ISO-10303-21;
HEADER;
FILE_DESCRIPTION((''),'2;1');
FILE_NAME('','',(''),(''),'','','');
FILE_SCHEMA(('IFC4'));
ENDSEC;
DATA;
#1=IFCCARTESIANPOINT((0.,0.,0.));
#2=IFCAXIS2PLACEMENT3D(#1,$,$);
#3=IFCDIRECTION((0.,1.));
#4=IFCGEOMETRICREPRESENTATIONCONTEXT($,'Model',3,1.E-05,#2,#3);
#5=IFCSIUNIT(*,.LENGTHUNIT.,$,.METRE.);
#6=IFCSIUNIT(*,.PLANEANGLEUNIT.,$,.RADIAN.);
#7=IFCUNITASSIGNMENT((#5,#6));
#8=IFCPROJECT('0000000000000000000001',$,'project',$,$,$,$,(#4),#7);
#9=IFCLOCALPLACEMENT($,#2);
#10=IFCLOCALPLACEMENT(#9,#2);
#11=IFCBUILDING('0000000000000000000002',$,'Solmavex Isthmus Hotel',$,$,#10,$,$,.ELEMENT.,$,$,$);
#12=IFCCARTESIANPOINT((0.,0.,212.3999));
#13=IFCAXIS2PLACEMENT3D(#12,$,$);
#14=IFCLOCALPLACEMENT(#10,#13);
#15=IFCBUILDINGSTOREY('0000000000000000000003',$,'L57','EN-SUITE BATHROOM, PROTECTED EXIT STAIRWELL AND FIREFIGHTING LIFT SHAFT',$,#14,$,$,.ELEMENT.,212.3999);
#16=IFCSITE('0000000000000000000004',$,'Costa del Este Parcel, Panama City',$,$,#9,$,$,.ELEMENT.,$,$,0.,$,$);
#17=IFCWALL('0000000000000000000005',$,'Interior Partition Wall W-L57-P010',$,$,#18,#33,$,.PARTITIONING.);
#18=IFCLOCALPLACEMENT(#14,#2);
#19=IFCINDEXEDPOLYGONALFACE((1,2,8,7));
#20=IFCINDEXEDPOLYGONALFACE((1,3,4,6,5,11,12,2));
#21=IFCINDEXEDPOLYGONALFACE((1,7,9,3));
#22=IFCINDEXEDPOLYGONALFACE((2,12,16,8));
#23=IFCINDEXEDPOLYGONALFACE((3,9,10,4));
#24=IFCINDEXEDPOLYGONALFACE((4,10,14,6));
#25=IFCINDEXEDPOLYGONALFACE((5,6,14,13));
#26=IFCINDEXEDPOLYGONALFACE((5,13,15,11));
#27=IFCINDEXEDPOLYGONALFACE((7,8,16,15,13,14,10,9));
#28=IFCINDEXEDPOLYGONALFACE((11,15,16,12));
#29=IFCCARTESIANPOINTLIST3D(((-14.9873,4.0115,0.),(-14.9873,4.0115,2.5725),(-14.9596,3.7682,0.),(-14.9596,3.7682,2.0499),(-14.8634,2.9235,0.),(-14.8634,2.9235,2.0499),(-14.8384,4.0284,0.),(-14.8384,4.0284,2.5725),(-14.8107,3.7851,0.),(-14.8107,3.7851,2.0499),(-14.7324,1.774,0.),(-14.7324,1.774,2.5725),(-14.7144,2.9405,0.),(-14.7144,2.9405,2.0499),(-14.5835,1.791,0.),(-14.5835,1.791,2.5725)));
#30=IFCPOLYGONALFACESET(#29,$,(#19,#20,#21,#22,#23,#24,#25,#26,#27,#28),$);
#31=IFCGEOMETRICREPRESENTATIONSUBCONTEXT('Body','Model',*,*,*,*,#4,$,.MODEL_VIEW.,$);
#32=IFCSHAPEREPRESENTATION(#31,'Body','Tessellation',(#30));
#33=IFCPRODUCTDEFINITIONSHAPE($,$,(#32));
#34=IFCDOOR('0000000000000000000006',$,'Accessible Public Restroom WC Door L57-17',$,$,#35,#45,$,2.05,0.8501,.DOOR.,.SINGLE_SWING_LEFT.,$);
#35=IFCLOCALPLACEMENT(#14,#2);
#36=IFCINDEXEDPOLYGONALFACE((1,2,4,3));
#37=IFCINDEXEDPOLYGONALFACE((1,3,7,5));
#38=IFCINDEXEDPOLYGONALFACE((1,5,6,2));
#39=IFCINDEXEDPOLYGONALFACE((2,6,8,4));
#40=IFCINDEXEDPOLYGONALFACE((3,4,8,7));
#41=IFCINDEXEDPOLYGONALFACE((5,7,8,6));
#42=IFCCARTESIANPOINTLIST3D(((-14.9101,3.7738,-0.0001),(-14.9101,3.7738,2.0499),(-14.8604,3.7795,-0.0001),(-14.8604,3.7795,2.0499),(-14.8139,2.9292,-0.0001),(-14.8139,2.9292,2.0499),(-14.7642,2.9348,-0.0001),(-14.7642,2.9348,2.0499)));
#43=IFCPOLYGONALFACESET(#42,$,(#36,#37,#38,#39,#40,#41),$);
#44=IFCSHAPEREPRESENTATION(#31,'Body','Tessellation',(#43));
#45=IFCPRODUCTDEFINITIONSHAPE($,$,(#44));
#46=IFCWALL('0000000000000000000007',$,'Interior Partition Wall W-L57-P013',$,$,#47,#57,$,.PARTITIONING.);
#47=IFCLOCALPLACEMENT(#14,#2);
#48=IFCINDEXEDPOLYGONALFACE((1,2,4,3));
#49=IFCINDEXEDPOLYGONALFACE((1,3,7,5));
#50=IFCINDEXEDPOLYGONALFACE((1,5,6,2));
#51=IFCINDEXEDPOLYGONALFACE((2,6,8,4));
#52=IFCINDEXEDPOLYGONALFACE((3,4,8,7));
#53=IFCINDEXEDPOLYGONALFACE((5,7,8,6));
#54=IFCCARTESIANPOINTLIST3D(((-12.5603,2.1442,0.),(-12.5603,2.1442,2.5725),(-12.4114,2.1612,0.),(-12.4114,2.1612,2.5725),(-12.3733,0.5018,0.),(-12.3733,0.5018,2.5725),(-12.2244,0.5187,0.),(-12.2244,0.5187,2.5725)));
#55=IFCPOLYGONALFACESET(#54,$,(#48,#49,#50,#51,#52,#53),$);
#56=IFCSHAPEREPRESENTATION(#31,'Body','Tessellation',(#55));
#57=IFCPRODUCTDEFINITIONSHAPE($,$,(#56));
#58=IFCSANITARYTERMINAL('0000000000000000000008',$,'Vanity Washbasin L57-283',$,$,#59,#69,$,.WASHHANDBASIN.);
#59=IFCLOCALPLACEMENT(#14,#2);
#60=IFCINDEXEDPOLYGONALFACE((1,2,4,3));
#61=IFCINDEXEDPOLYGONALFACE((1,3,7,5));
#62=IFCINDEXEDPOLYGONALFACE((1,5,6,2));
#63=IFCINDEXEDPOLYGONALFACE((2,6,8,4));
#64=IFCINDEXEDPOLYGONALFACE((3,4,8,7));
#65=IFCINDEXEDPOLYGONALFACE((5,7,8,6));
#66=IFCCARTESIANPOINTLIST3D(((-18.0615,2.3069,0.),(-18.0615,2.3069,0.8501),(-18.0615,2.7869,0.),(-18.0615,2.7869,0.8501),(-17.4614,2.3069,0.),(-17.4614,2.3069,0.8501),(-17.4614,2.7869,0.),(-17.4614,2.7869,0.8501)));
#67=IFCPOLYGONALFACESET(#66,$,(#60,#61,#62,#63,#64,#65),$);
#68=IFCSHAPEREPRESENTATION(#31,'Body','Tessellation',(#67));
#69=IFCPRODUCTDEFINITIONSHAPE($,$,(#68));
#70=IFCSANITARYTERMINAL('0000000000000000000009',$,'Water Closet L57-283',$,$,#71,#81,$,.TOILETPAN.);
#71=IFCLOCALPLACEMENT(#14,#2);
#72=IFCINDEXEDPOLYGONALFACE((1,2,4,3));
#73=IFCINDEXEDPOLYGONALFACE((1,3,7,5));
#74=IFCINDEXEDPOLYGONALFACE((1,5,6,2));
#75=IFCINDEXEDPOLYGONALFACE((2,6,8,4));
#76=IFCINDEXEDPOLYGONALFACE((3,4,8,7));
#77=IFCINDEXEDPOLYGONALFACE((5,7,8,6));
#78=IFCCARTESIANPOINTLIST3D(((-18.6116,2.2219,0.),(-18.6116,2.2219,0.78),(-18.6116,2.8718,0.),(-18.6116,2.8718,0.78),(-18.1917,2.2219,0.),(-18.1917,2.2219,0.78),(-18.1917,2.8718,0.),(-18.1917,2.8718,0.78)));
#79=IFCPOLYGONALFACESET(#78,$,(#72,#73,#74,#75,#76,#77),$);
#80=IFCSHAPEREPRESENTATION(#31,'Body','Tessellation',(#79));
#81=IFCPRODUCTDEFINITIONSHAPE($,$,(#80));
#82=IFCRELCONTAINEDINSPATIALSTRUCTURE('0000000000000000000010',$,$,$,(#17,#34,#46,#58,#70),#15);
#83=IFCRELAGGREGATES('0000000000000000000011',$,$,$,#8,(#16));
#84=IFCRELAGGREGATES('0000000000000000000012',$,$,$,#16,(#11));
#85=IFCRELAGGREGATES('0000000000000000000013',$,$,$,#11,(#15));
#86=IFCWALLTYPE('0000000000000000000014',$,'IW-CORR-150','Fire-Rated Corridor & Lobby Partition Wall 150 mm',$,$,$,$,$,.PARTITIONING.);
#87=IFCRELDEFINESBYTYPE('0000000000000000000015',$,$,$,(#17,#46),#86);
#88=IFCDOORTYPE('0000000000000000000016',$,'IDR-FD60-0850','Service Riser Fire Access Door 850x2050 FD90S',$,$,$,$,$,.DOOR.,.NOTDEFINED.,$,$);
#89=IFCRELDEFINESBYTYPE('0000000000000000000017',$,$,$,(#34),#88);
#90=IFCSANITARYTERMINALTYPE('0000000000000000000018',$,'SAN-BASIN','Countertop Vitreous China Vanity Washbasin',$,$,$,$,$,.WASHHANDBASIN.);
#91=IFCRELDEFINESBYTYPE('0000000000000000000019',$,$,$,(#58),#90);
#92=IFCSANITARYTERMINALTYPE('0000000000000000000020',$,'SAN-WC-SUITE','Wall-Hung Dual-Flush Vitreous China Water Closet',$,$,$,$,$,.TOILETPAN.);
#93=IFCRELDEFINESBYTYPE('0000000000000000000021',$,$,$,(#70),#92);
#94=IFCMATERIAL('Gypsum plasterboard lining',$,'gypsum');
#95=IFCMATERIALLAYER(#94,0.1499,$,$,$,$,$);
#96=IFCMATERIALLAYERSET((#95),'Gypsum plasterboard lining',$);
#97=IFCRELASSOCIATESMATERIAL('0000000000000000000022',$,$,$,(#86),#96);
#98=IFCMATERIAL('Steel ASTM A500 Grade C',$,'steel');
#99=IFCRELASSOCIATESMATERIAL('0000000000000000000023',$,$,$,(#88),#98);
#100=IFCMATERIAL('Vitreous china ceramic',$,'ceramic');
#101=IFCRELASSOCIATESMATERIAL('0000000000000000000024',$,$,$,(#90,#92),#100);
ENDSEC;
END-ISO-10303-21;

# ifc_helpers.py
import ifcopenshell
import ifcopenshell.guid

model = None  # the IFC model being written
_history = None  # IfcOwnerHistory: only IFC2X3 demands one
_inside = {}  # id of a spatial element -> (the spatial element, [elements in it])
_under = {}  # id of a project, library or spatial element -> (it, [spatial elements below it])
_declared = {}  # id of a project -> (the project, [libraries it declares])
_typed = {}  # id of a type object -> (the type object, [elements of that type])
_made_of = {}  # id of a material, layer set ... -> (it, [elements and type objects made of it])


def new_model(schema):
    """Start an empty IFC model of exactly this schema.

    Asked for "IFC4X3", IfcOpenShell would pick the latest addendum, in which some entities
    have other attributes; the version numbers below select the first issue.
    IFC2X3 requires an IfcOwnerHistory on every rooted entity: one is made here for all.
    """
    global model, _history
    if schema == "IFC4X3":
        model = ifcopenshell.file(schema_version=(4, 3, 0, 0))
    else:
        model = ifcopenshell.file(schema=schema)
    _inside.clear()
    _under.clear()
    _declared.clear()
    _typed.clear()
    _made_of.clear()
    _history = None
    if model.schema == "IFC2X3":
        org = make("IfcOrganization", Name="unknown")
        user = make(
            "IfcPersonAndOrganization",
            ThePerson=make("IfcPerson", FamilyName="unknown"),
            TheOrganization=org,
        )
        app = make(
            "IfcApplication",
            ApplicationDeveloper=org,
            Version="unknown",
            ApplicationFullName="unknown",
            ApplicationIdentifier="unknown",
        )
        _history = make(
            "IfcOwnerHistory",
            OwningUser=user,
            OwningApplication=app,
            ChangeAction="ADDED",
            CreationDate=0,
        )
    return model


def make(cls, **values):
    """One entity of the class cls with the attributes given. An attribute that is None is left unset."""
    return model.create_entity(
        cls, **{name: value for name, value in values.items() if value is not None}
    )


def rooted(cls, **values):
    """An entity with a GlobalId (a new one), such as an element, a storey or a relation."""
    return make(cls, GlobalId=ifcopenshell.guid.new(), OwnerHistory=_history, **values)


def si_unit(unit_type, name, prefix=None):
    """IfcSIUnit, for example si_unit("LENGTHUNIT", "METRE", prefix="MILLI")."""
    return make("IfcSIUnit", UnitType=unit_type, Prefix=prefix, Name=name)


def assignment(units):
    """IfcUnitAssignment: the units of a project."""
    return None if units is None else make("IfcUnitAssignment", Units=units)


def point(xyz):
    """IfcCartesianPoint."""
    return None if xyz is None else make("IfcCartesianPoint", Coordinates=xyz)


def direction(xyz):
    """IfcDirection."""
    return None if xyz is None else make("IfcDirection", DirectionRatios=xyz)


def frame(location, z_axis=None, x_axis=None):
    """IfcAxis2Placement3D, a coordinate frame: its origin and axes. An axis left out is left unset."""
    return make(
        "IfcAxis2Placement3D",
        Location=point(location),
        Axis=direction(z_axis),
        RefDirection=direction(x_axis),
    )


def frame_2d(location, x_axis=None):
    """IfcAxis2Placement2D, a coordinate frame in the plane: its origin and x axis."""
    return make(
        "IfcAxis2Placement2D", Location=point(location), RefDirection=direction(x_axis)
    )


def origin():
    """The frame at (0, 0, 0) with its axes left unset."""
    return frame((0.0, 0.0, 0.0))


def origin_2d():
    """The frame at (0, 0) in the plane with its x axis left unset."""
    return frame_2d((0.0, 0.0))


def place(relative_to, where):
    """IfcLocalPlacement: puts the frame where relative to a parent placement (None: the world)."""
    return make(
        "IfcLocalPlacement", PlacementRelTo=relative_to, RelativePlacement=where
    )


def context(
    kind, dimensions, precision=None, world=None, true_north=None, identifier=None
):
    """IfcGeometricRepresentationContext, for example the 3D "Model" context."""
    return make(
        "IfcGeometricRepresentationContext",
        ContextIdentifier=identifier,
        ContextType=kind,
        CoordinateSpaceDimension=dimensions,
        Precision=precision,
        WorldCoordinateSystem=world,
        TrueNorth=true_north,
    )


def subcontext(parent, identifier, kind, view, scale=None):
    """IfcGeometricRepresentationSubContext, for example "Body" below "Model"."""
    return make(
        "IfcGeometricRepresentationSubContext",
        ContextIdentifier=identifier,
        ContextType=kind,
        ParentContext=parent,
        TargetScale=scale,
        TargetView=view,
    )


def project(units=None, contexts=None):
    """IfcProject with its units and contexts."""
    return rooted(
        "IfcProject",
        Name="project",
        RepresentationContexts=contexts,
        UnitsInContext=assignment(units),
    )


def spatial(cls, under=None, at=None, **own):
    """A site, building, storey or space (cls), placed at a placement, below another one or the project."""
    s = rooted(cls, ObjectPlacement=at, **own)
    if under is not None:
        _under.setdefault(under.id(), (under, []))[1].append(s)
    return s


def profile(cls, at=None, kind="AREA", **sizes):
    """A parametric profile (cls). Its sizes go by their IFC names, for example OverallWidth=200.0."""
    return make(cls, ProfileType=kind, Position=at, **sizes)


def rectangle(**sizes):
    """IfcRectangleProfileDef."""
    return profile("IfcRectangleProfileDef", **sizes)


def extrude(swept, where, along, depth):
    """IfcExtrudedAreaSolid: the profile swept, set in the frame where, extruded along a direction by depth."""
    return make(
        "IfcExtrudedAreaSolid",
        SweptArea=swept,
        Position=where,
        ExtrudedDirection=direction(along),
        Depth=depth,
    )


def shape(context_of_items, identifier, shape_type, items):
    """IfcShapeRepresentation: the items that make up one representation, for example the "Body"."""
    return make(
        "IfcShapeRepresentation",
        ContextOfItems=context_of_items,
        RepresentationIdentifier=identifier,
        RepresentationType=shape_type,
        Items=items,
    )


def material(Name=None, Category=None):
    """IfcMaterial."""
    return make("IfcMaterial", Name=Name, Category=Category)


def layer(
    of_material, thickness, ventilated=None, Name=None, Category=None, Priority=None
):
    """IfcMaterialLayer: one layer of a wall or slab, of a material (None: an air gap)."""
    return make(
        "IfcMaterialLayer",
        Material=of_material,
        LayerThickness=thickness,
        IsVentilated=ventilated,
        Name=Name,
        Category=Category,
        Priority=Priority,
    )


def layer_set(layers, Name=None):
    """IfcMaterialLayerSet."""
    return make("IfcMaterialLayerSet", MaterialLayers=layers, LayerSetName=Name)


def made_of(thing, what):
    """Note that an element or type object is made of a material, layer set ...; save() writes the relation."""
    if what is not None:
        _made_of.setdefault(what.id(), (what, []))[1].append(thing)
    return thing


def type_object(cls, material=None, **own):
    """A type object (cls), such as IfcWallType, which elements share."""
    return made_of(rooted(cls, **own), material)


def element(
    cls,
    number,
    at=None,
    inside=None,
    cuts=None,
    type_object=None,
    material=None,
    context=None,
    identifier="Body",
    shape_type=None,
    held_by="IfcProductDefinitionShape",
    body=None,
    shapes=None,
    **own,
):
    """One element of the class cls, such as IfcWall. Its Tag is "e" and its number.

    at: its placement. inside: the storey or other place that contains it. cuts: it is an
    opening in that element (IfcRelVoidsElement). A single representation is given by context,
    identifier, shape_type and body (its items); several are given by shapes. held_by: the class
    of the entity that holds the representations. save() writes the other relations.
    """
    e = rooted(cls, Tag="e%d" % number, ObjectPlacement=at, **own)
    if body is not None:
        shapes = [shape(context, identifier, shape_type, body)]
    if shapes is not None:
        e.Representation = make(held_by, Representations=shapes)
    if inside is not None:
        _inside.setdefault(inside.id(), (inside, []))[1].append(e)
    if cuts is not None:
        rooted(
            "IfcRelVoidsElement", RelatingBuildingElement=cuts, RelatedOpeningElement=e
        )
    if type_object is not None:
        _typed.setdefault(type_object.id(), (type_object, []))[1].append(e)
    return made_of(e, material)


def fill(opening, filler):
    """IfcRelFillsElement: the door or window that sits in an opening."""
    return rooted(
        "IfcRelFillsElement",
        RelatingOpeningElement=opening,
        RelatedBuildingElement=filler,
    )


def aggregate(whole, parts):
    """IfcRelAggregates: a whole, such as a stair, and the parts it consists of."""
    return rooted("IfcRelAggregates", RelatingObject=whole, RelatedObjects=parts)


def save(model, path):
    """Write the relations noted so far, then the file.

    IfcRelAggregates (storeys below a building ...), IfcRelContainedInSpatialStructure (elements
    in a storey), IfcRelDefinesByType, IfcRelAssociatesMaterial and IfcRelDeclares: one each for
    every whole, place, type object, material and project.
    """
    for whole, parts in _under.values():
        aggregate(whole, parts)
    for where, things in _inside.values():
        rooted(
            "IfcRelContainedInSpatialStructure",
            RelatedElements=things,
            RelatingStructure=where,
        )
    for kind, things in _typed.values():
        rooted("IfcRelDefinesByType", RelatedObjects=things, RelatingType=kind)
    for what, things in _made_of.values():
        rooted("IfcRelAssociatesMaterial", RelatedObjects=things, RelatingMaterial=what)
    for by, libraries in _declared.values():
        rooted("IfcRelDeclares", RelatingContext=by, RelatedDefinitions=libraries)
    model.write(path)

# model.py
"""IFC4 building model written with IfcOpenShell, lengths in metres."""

from ifc_helpers import new_model, si_unit, direction, frame, frame_2d, origin, origin_2d, place, context, subcontext, project, spatial, rectangle, extrude, material, layer, layer_set, type_object, element, fill, save


model = new_model("IFC4")

# Units and contexts
model_context = context("Model", 3, precision=1e-05, world=origin(), true_north=direction((0.0, 1.0)))
body_context = subcontext(model_context, "Body", "Model", "MODEL_VIEW")
ifc_project = project(units=[si_unit("LENGTHUNIT", "METRE"), si_unit("PLANEANGLEUNIT", "RADIAN")], contexts=[model_context])

# Site, building, storey
site_placement = place(None, origin())
site = spatial("IfcSite", under=ifc_project, at=site_placement, Name="Costa del Este Parcel, Panama City", CompositionType="ELEMENT", RefElevation=0.0)
building_placement = place(site_placement, origin())
building = spatial("IfcBuilding", under=site, at=building_placement, Name="Solmavex Isthmus Hotel", CompositionType="ELEMENT")
storey_placement = place(building_placement, frame((0.0, 0.0, 212.3999)))
storey = spatial("IfcBuildingStorey", under=building, at=storey_placement, Name="L57", Description="EN-SUITE BATHROOM, PROTECTED EXIT STAIRWELL AND FIREFIGHTING LIFT SHAFT", CompositionType="ELEMENT", Elevation=212.3999)

# Shared definitions
ifc_material_1 = material(Name="Gypsum plasterboard lining", Category="gypsum")

# Wall, opening, door
ifc_layer_1 = layer(ifc_material_1, 0.1499)
ifc_layer_set_1 = layer_set([ifc_layer_1], Name="Gypsum plasterboard lining")
wall_type_1 = type_object("IfcWallType", Name="IW-CORR-150", Description="Fire-Rated Corridor & Lobby Partition Wall 150 mm", PredefinedType="PARTITIONING", material=ifc_layer_set_1)
wall_1_placement = place(storey_placement, frame((-14.658, 1.7825, 0.0), z_axis=(0.0, 0.0, 1.0), x_axis=(-0.11318, 0.993575, 0.0)))
wall_1 = element("IfcWall", 1, at=wall_1_placement, inside=storey, type_object=wall_type_1, Name="Interior Partition Wall W-L57-P010", PredefinedType="PARTITIONING", context=body_context, shape_type="SweptSolid", body=[
    extrude(rectangle(XDim=2.252, YDim=0.1499, at=frame_2d((1.126, 0.0))), origin(), (0.0, 0.0, 1.0), 2.5725),
])
opening_1_placement = place(wall_1_placement, frame((1.157, 0.0, 0.0)))
opening_1 = element("IfcOpeningElement", 2, at=opening_1_placement, cuts=wall_1, PredefinedType="OPENING", context=body_context, shape_type="SweptSolid", body=[
    extrude(rectangle(XDim=0.8501, YDim=2.05, at=frame_2d((0.425, 1.0249))), frame((0.0, 0.085, 0.0), z_axis=(0.0, -1.0, 0.0), x_axis=(1.0, 0.0, 0.0)), (0.0, 0.0, 1.0), 0.1699),
])
ifc_material_2 = material(Name="Steel ASTM A500 Grade C", Category="steel")
door_type_1 = type_object("IfcDoorType", Name="IDR-FD60-0850", Description="Service Riser Fire Access Door 850x2050 FD90S", OperationType="NOTDEFINED", PredefinedType="DOOR", material=ifc_material_2)
door_1_placement = place(opening_1_placement, frame((0.8501, 0.0, 0.0), z_axis=(0.0, 0.0, 1.0), x_axis=(-1.0, 0.0, 0.0)))
door_1 = element("IfcDoor", 3, at=door_1_placement, inside=storey, type_object=door_type_1, Name="Accessible Public Restroom WC Door L57-17", OperationType="SINGLE_SWING_LEFT", OverallHeight=2.05, OverallWidth=0.8501, PredefinedType="DOOR", context=body_context, shape_type="SweptSolid", body=[
    extrude(rectangle(XDim=0.8501, YDim=2.05, at=frame_2d((0.425, 1.0249))), frame((0.0, 0.0249, 0.0), z_axis=(0.0, -1.0, 0.0), x_axis=(1.0, 0.0, 0.0)), (0.0, 0.0, 1.0), 0.05),
])
fill(opening_1, door_1)

# Wall
wall_2_placement = place(storey_placement, frame((-12.4858, 2.1528, 0.0), z_axis=(0.0, 0.0, 1.0), x_axis=(0.113122, -0.993581, 0.0)))
element("IfcWall", 4, at=wall_2_placement, inside=storey, type_object=wall_type_1, Name="Interior Partition Wall W-L57-P013", PredefinedType="PARTITIONING", context=body_context, shape_type="SweptSolid", body=[
    extrude(rectangle(XDim=1.6531, YDim=0.1499, at=frame_2d((0.8267, 0.0))), origin(), (0.0, 0.0, 1.0), 2.5725),
])

# Sanitary terminals
ifc_material_3 = material(Name="Vitreous china ceramic", Category="ceramic")
sanitary_terminal_type_1 = type_object("IfcSanitaryTerminalType", Name="SAN-BASIN", Description="Countertop Vitreous China Vanity Washbasin", PredefinedType="WASHHANDBASIN", material=ifc_material_3)
sanitary_terminal_1_placement = place(storey_placement, frame((-17.7615, 2.5469, 0.0), z_axis=(0.0, 0.0, 1.0), x_axis=(1.0, 0.0, 0.0)))
element("IfcSanitaryTerminal", 5, at=sanitary_terminal_1_placement, inside=storey, type_object=sanitary_terminal_type_1, Name="Vanity Washbasin L57-283", PredefinedType="WASHHANDBASIN", context=body_context, shape_type="SweptSolid", body=[
    extrude(rectangle(XDim=0.6001, YDim=0.48, at=origin_2d()), origin(), (0.0, 0.0, 1.0), 0.8501),
])
sanitary_terminal_type_2 = type_object("IfcSanitaryTerminalType", Name="SAN-WC-SUITE", Description="Wall-Hung Dual-Flush Vitreous China Water Closet", PredefinedType="TOILETPAN", material=ifc_material_3)
sanitary_terminal_2_placement = place(storey_placement, frame((-18.4016, 2.5469, 0.0), z_axis=(0.0, 0.0, 1.0), x_axis=(1.0, 0.0, 0.0)))
element("IfcSanitaryTerminal", 6, at=sanitary_terminal_2_placement, inside=storey, type_object=sanitary_terminal_type_2, Name="Water Closet L57-283", PredefinedType="TOILETPAN", context=body_context, shape_type="SweptSolid", body=[
    extrude(rectangle(XDim=0.4199, YDim=0.6499, at=origin_2d()), origin(), (0.0, 0.0, 1.0), 0.78),
])

save(model, "model.ifc")
